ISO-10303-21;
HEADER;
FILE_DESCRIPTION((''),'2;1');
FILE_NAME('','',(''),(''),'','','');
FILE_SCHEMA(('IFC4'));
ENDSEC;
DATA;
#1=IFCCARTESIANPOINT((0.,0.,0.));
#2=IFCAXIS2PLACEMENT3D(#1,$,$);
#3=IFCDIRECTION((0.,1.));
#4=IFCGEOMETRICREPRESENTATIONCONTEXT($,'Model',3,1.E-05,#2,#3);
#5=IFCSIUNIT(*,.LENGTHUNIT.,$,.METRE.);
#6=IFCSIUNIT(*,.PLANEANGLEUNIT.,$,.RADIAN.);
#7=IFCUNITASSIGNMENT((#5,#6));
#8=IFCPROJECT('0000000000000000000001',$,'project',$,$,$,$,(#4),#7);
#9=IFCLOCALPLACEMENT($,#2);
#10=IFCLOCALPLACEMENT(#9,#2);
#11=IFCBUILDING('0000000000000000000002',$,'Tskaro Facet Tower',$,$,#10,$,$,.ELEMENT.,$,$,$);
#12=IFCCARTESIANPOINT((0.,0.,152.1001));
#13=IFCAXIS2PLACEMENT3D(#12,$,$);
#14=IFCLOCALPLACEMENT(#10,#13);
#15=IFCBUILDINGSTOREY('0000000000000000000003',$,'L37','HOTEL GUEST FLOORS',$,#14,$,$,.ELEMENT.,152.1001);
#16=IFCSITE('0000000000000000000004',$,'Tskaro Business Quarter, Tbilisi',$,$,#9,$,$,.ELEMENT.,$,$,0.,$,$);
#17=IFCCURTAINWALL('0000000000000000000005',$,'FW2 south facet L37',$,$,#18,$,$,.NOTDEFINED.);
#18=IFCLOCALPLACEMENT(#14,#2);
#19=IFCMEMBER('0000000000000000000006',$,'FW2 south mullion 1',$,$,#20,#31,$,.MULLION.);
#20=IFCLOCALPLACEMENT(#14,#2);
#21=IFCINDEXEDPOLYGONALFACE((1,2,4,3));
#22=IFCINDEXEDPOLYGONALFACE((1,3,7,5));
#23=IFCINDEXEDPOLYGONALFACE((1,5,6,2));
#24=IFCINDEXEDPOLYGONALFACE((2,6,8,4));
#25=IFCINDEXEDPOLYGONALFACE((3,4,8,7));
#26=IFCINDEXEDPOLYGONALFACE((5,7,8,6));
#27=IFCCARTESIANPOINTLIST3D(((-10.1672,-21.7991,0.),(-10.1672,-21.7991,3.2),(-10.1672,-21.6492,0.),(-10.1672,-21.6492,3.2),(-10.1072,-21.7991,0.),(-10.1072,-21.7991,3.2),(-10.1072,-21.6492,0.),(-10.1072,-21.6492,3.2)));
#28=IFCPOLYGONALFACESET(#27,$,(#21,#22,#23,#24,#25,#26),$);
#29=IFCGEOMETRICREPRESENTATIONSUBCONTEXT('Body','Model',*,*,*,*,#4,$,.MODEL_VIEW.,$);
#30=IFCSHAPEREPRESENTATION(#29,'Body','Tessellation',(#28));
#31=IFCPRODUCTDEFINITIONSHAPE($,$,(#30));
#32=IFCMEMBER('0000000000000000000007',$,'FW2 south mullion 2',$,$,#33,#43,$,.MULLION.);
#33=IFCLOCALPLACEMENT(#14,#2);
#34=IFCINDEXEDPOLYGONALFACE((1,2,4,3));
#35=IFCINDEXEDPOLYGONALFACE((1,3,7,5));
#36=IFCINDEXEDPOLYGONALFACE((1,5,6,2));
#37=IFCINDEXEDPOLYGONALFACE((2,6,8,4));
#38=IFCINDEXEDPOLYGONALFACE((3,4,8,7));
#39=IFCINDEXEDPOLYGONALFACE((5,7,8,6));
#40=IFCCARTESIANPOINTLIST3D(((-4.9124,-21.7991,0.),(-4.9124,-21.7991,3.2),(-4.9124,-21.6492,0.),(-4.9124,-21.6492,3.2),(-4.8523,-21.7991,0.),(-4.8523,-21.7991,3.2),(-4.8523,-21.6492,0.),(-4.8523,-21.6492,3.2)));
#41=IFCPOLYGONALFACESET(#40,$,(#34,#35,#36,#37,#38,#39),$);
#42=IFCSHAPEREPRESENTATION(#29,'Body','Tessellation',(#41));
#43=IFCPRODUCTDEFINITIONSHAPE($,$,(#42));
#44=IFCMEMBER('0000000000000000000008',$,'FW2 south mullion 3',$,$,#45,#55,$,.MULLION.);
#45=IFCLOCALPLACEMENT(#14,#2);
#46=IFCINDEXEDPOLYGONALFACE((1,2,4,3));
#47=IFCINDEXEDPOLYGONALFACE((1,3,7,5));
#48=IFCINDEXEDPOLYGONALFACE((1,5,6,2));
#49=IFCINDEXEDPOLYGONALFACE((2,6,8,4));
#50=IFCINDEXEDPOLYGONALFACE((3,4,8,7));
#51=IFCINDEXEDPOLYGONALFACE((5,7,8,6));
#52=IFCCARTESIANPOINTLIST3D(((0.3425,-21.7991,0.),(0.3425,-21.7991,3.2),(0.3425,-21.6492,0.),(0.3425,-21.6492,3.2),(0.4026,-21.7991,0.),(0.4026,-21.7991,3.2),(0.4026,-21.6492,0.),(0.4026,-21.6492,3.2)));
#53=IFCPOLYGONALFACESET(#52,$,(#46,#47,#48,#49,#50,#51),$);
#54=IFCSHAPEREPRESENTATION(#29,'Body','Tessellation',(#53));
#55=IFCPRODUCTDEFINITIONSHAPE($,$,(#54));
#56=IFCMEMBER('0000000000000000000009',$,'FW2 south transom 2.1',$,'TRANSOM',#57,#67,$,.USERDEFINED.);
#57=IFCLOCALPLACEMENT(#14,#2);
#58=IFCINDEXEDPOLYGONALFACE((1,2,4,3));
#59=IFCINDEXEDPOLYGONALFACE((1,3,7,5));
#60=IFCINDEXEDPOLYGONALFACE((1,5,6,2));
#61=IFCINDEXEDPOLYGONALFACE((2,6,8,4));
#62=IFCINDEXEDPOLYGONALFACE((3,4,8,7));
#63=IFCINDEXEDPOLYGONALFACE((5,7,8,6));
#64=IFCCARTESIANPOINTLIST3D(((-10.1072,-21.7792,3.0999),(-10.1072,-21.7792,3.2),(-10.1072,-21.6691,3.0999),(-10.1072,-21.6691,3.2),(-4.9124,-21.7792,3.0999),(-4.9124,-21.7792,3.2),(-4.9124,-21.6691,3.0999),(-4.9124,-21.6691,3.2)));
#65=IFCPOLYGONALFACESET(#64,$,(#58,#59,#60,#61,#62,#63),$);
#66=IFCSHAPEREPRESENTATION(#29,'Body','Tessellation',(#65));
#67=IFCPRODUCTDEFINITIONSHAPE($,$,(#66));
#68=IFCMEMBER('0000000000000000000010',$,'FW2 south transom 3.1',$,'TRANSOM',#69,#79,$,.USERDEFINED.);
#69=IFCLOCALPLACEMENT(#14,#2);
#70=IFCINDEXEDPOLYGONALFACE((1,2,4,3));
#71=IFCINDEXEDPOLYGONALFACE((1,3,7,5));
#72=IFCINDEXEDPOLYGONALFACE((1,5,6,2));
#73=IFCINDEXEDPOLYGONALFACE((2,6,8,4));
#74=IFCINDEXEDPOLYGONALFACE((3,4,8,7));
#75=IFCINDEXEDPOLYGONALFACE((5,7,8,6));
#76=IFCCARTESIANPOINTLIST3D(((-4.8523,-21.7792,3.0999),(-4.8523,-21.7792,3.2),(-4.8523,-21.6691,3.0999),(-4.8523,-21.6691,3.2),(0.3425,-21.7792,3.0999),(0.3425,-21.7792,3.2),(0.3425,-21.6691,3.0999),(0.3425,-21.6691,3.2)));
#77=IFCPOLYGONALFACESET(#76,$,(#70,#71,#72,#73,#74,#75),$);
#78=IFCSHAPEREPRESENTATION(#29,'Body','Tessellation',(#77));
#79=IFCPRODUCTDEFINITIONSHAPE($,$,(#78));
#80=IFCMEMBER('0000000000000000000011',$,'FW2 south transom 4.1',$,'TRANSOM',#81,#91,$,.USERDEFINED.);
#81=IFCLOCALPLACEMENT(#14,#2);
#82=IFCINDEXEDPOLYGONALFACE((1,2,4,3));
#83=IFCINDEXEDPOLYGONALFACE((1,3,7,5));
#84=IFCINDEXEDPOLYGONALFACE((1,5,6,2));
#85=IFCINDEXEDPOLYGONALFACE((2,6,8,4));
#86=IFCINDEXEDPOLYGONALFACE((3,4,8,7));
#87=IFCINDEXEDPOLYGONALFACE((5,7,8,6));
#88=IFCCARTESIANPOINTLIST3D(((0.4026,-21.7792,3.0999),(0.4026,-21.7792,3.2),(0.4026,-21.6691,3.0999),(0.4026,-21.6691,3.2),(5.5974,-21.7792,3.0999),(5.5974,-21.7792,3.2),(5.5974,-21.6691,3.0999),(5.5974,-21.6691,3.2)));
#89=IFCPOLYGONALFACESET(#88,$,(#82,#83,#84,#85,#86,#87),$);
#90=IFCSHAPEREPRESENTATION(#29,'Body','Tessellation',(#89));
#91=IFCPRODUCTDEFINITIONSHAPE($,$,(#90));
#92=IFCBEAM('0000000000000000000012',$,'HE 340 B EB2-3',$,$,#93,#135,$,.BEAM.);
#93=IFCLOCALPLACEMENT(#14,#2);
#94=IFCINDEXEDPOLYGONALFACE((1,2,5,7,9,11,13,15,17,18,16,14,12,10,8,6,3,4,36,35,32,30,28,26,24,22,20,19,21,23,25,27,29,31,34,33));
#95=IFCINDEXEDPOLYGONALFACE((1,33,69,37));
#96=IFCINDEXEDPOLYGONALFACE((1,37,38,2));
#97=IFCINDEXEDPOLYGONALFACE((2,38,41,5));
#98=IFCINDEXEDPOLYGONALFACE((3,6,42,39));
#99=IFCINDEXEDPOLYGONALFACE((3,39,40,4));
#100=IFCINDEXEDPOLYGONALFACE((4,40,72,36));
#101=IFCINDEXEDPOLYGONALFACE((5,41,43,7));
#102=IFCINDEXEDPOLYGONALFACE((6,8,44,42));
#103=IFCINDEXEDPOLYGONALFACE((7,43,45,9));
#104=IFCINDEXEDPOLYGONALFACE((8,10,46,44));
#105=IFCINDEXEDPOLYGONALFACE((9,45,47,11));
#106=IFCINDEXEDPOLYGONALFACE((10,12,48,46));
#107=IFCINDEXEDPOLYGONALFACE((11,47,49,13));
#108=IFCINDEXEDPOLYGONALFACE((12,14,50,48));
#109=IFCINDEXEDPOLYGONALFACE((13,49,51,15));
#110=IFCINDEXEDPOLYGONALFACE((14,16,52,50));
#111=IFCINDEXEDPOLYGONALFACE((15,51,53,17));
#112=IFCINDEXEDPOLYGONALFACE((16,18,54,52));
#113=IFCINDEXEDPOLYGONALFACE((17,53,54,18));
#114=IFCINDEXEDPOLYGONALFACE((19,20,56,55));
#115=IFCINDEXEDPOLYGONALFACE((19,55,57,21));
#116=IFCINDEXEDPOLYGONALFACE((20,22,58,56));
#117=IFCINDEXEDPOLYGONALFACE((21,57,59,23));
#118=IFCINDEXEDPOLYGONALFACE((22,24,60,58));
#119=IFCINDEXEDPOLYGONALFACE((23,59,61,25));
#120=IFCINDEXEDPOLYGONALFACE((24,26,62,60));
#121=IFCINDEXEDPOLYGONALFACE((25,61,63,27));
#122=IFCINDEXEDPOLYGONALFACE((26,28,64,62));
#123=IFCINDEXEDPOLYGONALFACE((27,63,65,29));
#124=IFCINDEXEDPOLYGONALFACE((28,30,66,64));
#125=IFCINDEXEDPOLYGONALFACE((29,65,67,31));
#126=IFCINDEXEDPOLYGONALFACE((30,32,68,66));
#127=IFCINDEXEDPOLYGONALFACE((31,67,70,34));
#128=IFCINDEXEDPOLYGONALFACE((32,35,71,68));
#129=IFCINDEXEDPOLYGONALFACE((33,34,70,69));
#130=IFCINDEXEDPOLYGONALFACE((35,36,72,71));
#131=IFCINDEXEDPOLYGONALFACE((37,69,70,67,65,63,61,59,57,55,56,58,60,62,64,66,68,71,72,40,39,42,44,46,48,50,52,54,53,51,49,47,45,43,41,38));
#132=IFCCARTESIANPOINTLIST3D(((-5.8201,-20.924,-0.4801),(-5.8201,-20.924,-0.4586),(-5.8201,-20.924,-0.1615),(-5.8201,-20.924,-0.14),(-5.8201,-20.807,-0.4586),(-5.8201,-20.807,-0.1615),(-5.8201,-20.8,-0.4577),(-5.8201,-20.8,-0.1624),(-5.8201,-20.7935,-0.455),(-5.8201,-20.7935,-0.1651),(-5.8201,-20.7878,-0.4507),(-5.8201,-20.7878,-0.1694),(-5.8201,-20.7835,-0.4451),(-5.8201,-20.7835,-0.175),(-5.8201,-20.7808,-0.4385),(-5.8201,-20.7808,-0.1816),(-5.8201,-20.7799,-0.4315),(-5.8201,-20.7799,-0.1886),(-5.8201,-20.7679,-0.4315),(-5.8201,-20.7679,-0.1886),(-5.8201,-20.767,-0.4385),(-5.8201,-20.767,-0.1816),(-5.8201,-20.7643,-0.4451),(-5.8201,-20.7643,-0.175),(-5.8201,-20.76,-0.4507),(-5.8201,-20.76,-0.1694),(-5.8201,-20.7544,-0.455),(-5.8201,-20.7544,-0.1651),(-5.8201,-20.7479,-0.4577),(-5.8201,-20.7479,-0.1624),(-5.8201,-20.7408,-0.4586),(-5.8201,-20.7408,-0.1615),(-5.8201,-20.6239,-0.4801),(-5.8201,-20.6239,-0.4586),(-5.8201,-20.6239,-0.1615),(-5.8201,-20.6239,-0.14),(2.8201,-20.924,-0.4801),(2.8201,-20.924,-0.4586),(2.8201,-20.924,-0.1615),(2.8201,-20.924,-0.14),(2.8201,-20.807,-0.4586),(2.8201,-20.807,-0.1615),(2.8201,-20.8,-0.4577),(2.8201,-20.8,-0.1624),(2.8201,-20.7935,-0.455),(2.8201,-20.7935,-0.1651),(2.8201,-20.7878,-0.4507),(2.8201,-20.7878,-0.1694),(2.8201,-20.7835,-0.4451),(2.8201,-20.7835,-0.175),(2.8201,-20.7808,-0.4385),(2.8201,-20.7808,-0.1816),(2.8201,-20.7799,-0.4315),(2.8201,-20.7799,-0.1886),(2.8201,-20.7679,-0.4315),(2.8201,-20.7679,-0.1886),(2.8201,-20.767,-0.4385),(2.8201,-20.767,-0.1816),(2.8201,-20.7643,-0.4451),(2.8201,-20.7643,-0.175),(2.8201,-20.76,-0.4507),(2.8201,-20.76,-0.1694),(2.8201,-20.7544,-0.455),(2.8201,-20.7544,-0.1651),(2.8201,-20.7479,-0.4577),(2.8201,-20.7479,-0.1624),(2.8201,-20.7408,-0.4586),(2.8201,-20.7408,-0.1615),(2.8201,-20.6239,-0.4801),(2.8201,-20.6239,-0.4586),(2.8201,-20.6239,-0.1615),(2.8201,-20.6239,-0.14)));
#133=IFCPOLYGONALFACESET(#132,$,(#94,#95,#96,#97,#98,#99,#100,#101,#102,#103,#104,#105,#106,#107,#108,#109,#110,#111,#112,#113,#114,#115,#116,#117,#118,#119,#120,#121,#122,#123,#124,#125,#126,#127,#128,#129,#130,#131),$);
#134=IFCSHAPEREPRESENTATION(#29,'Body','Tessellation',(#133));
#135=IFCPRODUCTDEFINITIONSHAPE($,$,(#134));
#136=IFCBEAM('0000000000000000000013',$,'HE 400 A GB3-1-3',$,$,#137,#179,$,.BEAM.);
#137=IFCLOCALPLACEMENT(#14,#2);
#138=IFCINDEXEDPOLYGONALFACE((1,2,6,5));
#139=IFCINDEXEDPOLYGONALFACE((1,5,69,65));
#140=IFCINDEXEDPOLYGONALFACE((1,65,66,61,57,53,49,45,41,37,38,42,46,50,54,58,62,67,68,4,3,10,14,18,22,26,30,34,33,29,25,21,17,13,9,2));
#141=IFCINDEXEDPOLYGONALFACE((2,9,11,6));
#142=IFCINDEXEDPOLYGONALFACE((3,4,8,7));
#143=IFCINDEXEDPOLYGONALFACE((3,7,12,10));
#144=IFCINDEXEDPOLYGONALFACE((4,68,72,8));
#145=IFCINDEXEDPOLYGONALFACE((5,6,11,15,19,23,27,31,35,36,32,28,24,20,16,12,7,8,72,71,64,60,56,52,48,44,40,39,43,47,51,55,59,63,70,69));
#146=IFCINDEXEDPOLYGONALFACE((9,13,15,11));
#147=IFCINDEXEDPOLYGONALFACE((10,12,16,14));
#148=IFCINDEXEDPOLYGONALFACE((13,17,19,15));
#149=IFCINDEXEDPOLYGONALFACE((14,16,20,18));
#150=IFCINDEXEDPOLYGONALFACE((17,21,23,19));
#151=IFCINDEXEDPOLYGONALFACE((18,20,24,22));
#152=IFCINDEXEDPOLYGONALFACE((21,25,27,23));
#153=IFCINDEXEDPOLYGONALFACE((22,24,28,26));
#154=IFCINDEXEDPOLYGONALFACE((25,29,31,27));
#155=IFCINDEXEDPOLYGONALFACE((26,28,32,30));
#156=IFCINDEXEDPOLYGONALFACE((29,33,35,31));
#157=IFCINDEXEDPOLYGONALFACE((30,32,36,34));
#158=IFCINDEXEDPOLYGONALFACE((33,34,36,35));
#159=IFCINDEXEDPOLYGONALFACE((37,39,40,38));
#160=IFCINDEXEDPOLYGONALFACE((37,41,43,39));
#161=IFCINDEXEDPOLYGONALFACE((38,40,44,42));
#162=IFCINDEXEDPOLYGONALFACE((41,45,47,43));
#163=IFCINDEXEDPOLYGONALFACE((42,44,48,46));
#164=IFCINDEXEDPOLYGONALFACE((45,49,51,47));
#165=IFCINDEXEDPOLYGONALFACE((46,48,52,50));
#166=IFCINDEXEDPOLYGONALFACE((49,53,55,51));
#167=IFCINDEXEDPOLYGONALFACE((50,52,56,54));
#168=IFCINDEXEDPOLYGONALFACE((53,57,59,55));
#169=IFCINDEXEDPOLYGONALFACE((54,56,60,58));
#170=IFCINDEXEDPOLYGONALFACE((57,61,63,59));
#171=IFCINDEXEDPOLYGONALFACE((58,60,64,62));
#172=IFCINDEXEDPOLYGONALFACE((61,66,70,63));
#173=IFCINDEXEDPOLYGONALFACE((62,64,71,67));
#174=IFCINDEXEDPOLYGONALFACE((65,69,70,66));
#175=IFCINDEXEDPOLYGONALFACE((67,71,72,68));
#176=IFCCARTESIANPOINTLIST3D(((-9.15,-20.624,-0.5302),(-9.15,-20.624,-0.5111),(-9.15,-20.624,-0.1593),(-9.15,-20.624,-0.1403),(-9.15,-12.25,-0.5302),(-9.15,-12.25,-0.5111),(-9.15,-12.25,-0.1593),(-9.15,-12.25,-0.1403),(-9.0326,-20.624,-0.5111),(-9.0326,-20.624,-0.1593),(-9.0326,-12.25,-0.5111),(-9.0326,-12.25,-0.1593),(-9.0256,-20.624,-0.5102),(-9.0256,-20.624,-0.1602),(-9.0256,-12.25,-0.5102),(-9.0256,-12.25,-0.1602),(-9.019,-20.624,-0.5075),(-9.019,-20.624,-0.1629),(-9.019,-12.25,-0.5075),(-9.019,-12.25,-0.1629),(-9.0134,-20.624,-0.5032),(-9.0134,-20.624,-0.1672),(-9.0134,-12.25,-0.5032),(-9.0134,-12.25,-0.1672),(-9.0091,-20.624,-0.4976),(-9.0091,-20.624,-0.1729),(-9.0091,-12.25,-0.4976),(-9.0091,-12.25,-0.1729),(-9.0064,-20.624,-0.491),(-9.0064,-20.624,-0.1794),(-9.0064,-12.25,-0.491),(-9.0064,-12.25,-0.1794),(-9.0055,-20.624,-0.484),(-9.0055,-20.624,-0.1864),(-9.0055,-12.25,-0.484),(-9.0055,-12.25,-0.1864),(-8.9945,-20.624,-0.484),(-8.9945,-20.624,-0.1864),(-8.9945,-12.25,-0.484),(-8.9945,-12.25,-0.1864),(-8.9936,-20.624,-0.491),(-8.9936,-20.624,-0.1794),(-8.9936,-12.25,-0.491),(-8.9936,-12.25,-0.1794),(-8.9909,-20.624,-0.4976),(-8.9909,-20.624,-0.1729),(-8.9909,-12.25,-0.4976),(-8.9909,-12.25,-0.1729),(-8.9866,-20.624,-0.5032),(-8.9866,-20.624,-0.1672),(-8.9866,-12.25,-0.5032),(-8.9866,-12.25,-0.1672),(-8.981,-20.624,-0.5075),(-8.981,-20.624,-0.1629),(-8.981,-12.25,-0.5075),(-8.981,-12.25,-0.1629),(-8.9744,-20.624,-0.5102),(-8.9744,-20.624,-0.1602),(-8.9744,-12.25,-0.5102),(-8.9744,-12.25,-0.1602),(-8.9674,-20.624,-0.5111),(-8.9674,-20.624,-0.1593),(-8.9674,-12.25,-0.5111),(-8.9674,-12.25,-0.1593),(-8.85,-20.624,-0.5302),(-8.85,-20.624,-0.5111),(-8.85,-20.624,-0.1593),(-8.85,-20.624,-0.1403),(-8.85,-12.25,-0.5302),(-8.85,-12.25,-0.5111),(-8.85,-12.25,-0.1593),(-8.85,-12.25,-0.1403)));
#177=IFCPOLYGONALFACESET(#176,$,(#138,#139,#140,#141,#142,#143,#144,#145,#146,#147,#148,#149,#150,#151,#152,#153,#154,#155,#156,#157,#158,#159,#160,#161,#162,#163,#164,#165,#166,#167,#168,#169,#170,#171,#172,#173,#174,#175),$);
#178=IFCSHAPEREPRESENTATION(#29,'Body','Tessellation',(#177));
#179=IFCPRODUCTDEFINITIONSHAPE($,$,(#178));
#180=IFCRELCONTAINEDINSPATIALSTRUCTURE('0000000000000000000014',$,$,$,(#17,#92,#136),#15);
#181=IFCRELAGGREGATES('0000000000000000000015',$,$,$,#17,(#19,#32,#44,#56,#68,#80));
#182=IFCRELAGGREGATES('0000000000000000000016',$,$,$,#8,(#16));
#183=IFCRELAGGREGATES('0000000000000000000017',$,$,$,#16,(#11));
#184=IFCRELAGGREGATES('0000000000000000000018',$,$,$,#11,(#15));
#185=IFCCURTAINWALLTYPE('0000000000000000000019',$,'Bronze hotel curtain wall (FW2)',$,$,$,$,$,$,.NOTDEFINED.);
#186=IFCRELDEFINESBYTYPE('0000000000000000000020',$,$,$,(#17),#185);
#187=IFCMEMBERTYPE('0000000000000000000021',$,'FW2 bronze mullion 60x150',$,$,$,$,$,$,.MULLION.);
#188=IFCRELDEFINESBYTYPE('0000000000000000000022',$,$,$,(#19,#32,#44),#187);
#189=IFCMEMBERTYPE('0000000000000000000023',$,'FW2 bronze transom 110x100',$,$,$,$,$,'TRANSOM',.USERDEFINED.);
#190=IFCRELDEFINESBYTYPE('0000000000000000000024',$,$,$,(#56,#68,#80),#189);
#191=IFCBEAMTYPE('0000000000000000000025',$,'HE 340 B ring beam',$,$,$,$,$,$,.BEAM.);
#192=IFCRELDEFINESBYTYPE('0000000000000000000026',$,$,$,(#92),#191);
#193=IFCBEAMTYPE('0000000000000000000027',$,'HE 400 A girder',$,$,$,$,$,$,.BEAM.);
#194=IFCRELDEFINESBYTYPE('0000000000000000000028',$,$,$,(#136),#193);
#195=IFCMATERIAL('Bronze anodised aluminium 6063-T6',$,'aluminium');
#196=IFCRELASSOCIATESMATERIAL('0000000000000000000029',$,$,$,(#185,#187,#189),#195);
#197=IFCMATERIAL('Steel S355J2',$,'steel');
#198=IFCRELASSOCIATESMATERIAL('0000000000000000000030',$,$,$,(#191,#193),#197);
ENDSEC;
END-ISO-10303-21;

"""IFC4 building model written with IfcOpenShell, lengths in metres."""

from ifc_helpers import new_model, si_unit, direction, frame, origin, origin_2d, place, context, subcontext, project, spatial, rectangle, i_section, extrude, material, material_profile, profile_set, type_object, element, aggregate, save


model = new_model("IFC4")

# Units and contexts
model_context = context("Model", 3, precision=1e-05, world=origin(), true_north=direction((0.0, 1.0)))
body_context = subcontext(model_context, "Body", "Model", "MODEL_VIEW")
ifc_project = project(units=[si_unit("LENGTHUNIT", "METRE"), si_unit("PLANEANGLEUNIT", "RADIAN")], contexts=[model_context])

# Site, building, storey
site_placement = place(None, origin())
site = spatial("IfcSite", under=ifc_project, at=site_placement, Name="Tskaro Business Quarter, Tbilisi", CompositionType="ELEMENT", RefElevation=0.0)
building_placement = place(site_placement, origin())
building = spatial("IfcBuilding", under=site, at=building_placement, Name="Tskaro Facet Tower", CompositionType="ELEMENT")
storey_placement = place(building_placement, frame((0.0, 0.0, 152.1001)))
storey = spatial("IfcBuildingStorey", under=building, at=storey_placement, Name="L37", Description="HOTEL GUEST FLOORS", CompositionType="ELEMENT", Elevation=152.1001)

# Curtain wall, members
ifc_material_1 = material(Name="Bronze anodised aluminium 6063-T6", Category="aluminium")
curtain_wall_type = type_object("IfcCurtainWallType", Name="Bronze hotel curtain wall (FW2)", PredefinedType="NOTDEFINED", material=ifc_material_1)
curtain_wall_placement = place(storey_placement, origin())
curtain_wall = element("IfcCurtainWall", 1, at=curtain_wall_placement, inside=storey, type_object=curtain_wall_type, Name="FW2 south facet L37", PredefinedType="NOTDEFINED")
ifc_material_profile_1 = material_profile(ifc_material_1, rectangle(XDim=0.0601, YDim=0.1499, at=origin_2d()), Name="Mullion 60x150")
ifc_profile_set_1 = profile_set([ifc_material_profile_1], Name="Bronze anodised aluminium 6063-T6")
member_type_1 = type_object("IfcMemberType", Name="FW2 bronze mullion 60x150", PredefinedType="MULLION", material=ifc_profile_set_1)
member_1_placement = place(storey_placement, frame((-10.1372, -21.7241, 0.0), z_axis=(0.0, 0.0, 1.0), x_axis=(1.0, 0.0, 0.0)))
member_1 = element("IfcMember", 2, at=member_1_placement, type_object=member_type_1, Name="FW2 south mullion 1", PredefinedType="MULLION", context=body_context, shape_type="SweptSolid", body=[
    extrude(rectangle(XDim=0.0601, YDim=0.1499, at=origin_2d()), origin(), (0.0, 0.0, 1.0), 3.2),
])
member_2_placement = place(storey_placement, frame((-4.8823, -21.7241, 0.0), z_axis=(0.0, 0.0, 1.0), x_axis=(1.0, 0.0, 0.0)))
member_2 = element("IfcMember", 3, at=member_2_placement, type_object=member_type_1, Name="FW2 south mullion 2", PredefinedType="MULLION", context=body_context, shape_type="SweptSolid", body=[
    extrude(rectangle(XDim=0.0601, YDim=0.1499, at=origin_2d()), origin(), (0.0, 0.0, 1.0), 3.2),
])
member_3_placement = place(storey_placement, frame((0.3726, -21.7241, 0.0), z_axis=(0.0, 0.0, 1.0), x_axis=(1.0, 0.0, 0.0)))
member_3 = element("IfcMember", 4, at=member_3_placement, type_object=member_type_1, Name="FW2 south mullion 3", PredefinedType="MULLION", context=body_context, shape_type="SweptSolid", body=[
    extrude(rectangle(XDim=0.0601, YDim=0.1499, at=origin_2d()), origin(), (0.0, 0.0, 1.0), 3.2),
])
ifc_material_profile_2 = material_profile(ifc_material_1, rectangle(XDim=0.1101, YDim=0.1001, at=origin_2d()), Name="Transom 110x100")
ifc_profile_set_2 = profile_set([ifc_material_profile_2], Name="Bronze anodised aluminium 6063-T6")
member_type_2 = type_object("IfcMemberType", Name="FW2 bronze transom 110x100", ElementType="TRANSOM", PredefinedType="USERDEFINED", material=ifc_profile_set_2)
member_4_placement = place(storey_placement, frame((-10.1072, -21.7241, 3.1499), z_axis=(1.0, 0.0, 0.0), x_axis=(0.0, 1.0, 0.0)))
member_4 = element("IfcMember", 5, at=member_4_placement, type_object=member_type_2, Name="FW2 south transom 2.1", ObjectType="TRANSOM", PredefinedType="USERDEFINED", context=body_context, shape_type="SweptSolid", body=[
    extrude(rectangle(XDim=0.1101, YDim=0.1001, at=origin_2d()), origin(), (0.0, 0.0, 1.0), 5.1948),
])
member_5_placement = place(storey_placement, frame((-4.8523, -21.7241, 3.1499), z_axis=(1.0, 0.0, 0.0), x_axis=(0.0, 1.0, 0.0)))
member_5 = element("IfcMember", 6, at=member_5_placement, type_object=member_type_2, Name="FW2 south transom 3.1", ObjectType="TRANSOM", PredefinedType="USERDEFINED", context=body_context, shape_type="SweptSolid", body=[
    extrude(rectangle(XDim=0.1101, YDim=0.1001, at=origin_2d()), origin(), (0.0, 0.0, 1.0), 5.1948),
])
member_6_placement = place(storey_placement, frame((0.4026, -21.7241, 3.1499), z_axis=(1.0, 0.0, 0.0), x_axis=(0.0, 1.0, 0.0)))
member_6 = element("IfcMember", 7, at=member_6_placement, type_object=member_type_2, Name="FW2 south transom 4.1", ObjectType="TRANSOM", PredefinedType="USERDEFINED", context=body_context, shape_type="SweptSolid", body=[
    extrude(rectangle(XDim=0.1101, YDim=0.1001, at=origin_2d()), origin(), (0.0, 0.0, 1.0), 5.1948),
])

# Beams
ifc_material_2 = material(Name="Steel S355J2", Category="steel")
ifc_material_profile_3 = material_profile(ifc_material_2, i_section(OverallWidth=0.3, OverallDepth=0.3401, WebThickness=0.012, FlangeThickness=0.0215, FilletRadius=0.0271, at=origin_2d()), Name="HE 340 B")
ifc_profile_set_3 = profile_set([ifc_material_profile_3], Name="Steel S355J2")
beam_type_1 = type_object("IfcBeamType", Name="HE 340 B ring beam", PredefinedType="BEAM", material=ifc_profile_set_3)
beam_placement = place(storey_placement, frame((-5.8201, -20.7739, -0.3101), z_axis=(1.0, 0.0, 0.0), x_axis=(0.0, 1.0, 0.0)))
element("IfcBeam", 8, at=beam_placement, inside=storey, type_object=beam_type_1, Name="HE 340 B EB2-3", PredefinedType="BEAM", context=body_context, shape_type="SweptSolid", body=[
    extrude(i_section(OverallWidth=0.3, OverallDepth=0.3401, WebThickness=0.012, FlangeThickness=0.0215, FilletRadius=0.0271, at=origin_2d()), origin(), (0.0, 0.0, 1.0), 8.6401),
])
ifc_material_profile_4 = material_profile(ifc_material_2, i_section(OverallWidth=0.3, OverallDepth=0.3899, WebThickness=0.011, FlangeThickness=0.019, FilletRadius=0.0271, at=origin_2d()), Name="HE 400 A")
ifc_profile_set_4 = profile_set([ifc_material_profile_4], Name="Steel S355J2")
beam_type_2 = type_object("IfcBeamType", Name="HE 400 A girder", PredefinedType="BEAM", material=ifc_profile_set_4)
for number, where, z_axis, x_axis, name in (
    (9, (-9.0, -20.624, -0.3352), (0.0, 1.0, 0.0), (-1.0, 0.0, 0.0), "HE 400 A GB3-1-3"),
):
    element("IfcBeam", number, at=place(storey_placement, frame(where, z_axis=z_axis, x_axis=x_axis)), inside=storey, type_object=beam_type_2, Name=name, PredefinedType="BEAM", context=body_context, shape_type="SweptSolid", body=[
        extrude(i_section(OverallWidth=0.3, OverallDepth=0.3899, WebThickness=0.011, FlangeThickness=0.019, FilletRadius=0.0271, at=origin_2d()), origin(), (0.0, 0.0, 1.0), 8.374),
    ])

aggregate(curtain_wall, [member_1, member_2, member_3, member_4, member_5, member_6])

save(model, "model.ifc")
